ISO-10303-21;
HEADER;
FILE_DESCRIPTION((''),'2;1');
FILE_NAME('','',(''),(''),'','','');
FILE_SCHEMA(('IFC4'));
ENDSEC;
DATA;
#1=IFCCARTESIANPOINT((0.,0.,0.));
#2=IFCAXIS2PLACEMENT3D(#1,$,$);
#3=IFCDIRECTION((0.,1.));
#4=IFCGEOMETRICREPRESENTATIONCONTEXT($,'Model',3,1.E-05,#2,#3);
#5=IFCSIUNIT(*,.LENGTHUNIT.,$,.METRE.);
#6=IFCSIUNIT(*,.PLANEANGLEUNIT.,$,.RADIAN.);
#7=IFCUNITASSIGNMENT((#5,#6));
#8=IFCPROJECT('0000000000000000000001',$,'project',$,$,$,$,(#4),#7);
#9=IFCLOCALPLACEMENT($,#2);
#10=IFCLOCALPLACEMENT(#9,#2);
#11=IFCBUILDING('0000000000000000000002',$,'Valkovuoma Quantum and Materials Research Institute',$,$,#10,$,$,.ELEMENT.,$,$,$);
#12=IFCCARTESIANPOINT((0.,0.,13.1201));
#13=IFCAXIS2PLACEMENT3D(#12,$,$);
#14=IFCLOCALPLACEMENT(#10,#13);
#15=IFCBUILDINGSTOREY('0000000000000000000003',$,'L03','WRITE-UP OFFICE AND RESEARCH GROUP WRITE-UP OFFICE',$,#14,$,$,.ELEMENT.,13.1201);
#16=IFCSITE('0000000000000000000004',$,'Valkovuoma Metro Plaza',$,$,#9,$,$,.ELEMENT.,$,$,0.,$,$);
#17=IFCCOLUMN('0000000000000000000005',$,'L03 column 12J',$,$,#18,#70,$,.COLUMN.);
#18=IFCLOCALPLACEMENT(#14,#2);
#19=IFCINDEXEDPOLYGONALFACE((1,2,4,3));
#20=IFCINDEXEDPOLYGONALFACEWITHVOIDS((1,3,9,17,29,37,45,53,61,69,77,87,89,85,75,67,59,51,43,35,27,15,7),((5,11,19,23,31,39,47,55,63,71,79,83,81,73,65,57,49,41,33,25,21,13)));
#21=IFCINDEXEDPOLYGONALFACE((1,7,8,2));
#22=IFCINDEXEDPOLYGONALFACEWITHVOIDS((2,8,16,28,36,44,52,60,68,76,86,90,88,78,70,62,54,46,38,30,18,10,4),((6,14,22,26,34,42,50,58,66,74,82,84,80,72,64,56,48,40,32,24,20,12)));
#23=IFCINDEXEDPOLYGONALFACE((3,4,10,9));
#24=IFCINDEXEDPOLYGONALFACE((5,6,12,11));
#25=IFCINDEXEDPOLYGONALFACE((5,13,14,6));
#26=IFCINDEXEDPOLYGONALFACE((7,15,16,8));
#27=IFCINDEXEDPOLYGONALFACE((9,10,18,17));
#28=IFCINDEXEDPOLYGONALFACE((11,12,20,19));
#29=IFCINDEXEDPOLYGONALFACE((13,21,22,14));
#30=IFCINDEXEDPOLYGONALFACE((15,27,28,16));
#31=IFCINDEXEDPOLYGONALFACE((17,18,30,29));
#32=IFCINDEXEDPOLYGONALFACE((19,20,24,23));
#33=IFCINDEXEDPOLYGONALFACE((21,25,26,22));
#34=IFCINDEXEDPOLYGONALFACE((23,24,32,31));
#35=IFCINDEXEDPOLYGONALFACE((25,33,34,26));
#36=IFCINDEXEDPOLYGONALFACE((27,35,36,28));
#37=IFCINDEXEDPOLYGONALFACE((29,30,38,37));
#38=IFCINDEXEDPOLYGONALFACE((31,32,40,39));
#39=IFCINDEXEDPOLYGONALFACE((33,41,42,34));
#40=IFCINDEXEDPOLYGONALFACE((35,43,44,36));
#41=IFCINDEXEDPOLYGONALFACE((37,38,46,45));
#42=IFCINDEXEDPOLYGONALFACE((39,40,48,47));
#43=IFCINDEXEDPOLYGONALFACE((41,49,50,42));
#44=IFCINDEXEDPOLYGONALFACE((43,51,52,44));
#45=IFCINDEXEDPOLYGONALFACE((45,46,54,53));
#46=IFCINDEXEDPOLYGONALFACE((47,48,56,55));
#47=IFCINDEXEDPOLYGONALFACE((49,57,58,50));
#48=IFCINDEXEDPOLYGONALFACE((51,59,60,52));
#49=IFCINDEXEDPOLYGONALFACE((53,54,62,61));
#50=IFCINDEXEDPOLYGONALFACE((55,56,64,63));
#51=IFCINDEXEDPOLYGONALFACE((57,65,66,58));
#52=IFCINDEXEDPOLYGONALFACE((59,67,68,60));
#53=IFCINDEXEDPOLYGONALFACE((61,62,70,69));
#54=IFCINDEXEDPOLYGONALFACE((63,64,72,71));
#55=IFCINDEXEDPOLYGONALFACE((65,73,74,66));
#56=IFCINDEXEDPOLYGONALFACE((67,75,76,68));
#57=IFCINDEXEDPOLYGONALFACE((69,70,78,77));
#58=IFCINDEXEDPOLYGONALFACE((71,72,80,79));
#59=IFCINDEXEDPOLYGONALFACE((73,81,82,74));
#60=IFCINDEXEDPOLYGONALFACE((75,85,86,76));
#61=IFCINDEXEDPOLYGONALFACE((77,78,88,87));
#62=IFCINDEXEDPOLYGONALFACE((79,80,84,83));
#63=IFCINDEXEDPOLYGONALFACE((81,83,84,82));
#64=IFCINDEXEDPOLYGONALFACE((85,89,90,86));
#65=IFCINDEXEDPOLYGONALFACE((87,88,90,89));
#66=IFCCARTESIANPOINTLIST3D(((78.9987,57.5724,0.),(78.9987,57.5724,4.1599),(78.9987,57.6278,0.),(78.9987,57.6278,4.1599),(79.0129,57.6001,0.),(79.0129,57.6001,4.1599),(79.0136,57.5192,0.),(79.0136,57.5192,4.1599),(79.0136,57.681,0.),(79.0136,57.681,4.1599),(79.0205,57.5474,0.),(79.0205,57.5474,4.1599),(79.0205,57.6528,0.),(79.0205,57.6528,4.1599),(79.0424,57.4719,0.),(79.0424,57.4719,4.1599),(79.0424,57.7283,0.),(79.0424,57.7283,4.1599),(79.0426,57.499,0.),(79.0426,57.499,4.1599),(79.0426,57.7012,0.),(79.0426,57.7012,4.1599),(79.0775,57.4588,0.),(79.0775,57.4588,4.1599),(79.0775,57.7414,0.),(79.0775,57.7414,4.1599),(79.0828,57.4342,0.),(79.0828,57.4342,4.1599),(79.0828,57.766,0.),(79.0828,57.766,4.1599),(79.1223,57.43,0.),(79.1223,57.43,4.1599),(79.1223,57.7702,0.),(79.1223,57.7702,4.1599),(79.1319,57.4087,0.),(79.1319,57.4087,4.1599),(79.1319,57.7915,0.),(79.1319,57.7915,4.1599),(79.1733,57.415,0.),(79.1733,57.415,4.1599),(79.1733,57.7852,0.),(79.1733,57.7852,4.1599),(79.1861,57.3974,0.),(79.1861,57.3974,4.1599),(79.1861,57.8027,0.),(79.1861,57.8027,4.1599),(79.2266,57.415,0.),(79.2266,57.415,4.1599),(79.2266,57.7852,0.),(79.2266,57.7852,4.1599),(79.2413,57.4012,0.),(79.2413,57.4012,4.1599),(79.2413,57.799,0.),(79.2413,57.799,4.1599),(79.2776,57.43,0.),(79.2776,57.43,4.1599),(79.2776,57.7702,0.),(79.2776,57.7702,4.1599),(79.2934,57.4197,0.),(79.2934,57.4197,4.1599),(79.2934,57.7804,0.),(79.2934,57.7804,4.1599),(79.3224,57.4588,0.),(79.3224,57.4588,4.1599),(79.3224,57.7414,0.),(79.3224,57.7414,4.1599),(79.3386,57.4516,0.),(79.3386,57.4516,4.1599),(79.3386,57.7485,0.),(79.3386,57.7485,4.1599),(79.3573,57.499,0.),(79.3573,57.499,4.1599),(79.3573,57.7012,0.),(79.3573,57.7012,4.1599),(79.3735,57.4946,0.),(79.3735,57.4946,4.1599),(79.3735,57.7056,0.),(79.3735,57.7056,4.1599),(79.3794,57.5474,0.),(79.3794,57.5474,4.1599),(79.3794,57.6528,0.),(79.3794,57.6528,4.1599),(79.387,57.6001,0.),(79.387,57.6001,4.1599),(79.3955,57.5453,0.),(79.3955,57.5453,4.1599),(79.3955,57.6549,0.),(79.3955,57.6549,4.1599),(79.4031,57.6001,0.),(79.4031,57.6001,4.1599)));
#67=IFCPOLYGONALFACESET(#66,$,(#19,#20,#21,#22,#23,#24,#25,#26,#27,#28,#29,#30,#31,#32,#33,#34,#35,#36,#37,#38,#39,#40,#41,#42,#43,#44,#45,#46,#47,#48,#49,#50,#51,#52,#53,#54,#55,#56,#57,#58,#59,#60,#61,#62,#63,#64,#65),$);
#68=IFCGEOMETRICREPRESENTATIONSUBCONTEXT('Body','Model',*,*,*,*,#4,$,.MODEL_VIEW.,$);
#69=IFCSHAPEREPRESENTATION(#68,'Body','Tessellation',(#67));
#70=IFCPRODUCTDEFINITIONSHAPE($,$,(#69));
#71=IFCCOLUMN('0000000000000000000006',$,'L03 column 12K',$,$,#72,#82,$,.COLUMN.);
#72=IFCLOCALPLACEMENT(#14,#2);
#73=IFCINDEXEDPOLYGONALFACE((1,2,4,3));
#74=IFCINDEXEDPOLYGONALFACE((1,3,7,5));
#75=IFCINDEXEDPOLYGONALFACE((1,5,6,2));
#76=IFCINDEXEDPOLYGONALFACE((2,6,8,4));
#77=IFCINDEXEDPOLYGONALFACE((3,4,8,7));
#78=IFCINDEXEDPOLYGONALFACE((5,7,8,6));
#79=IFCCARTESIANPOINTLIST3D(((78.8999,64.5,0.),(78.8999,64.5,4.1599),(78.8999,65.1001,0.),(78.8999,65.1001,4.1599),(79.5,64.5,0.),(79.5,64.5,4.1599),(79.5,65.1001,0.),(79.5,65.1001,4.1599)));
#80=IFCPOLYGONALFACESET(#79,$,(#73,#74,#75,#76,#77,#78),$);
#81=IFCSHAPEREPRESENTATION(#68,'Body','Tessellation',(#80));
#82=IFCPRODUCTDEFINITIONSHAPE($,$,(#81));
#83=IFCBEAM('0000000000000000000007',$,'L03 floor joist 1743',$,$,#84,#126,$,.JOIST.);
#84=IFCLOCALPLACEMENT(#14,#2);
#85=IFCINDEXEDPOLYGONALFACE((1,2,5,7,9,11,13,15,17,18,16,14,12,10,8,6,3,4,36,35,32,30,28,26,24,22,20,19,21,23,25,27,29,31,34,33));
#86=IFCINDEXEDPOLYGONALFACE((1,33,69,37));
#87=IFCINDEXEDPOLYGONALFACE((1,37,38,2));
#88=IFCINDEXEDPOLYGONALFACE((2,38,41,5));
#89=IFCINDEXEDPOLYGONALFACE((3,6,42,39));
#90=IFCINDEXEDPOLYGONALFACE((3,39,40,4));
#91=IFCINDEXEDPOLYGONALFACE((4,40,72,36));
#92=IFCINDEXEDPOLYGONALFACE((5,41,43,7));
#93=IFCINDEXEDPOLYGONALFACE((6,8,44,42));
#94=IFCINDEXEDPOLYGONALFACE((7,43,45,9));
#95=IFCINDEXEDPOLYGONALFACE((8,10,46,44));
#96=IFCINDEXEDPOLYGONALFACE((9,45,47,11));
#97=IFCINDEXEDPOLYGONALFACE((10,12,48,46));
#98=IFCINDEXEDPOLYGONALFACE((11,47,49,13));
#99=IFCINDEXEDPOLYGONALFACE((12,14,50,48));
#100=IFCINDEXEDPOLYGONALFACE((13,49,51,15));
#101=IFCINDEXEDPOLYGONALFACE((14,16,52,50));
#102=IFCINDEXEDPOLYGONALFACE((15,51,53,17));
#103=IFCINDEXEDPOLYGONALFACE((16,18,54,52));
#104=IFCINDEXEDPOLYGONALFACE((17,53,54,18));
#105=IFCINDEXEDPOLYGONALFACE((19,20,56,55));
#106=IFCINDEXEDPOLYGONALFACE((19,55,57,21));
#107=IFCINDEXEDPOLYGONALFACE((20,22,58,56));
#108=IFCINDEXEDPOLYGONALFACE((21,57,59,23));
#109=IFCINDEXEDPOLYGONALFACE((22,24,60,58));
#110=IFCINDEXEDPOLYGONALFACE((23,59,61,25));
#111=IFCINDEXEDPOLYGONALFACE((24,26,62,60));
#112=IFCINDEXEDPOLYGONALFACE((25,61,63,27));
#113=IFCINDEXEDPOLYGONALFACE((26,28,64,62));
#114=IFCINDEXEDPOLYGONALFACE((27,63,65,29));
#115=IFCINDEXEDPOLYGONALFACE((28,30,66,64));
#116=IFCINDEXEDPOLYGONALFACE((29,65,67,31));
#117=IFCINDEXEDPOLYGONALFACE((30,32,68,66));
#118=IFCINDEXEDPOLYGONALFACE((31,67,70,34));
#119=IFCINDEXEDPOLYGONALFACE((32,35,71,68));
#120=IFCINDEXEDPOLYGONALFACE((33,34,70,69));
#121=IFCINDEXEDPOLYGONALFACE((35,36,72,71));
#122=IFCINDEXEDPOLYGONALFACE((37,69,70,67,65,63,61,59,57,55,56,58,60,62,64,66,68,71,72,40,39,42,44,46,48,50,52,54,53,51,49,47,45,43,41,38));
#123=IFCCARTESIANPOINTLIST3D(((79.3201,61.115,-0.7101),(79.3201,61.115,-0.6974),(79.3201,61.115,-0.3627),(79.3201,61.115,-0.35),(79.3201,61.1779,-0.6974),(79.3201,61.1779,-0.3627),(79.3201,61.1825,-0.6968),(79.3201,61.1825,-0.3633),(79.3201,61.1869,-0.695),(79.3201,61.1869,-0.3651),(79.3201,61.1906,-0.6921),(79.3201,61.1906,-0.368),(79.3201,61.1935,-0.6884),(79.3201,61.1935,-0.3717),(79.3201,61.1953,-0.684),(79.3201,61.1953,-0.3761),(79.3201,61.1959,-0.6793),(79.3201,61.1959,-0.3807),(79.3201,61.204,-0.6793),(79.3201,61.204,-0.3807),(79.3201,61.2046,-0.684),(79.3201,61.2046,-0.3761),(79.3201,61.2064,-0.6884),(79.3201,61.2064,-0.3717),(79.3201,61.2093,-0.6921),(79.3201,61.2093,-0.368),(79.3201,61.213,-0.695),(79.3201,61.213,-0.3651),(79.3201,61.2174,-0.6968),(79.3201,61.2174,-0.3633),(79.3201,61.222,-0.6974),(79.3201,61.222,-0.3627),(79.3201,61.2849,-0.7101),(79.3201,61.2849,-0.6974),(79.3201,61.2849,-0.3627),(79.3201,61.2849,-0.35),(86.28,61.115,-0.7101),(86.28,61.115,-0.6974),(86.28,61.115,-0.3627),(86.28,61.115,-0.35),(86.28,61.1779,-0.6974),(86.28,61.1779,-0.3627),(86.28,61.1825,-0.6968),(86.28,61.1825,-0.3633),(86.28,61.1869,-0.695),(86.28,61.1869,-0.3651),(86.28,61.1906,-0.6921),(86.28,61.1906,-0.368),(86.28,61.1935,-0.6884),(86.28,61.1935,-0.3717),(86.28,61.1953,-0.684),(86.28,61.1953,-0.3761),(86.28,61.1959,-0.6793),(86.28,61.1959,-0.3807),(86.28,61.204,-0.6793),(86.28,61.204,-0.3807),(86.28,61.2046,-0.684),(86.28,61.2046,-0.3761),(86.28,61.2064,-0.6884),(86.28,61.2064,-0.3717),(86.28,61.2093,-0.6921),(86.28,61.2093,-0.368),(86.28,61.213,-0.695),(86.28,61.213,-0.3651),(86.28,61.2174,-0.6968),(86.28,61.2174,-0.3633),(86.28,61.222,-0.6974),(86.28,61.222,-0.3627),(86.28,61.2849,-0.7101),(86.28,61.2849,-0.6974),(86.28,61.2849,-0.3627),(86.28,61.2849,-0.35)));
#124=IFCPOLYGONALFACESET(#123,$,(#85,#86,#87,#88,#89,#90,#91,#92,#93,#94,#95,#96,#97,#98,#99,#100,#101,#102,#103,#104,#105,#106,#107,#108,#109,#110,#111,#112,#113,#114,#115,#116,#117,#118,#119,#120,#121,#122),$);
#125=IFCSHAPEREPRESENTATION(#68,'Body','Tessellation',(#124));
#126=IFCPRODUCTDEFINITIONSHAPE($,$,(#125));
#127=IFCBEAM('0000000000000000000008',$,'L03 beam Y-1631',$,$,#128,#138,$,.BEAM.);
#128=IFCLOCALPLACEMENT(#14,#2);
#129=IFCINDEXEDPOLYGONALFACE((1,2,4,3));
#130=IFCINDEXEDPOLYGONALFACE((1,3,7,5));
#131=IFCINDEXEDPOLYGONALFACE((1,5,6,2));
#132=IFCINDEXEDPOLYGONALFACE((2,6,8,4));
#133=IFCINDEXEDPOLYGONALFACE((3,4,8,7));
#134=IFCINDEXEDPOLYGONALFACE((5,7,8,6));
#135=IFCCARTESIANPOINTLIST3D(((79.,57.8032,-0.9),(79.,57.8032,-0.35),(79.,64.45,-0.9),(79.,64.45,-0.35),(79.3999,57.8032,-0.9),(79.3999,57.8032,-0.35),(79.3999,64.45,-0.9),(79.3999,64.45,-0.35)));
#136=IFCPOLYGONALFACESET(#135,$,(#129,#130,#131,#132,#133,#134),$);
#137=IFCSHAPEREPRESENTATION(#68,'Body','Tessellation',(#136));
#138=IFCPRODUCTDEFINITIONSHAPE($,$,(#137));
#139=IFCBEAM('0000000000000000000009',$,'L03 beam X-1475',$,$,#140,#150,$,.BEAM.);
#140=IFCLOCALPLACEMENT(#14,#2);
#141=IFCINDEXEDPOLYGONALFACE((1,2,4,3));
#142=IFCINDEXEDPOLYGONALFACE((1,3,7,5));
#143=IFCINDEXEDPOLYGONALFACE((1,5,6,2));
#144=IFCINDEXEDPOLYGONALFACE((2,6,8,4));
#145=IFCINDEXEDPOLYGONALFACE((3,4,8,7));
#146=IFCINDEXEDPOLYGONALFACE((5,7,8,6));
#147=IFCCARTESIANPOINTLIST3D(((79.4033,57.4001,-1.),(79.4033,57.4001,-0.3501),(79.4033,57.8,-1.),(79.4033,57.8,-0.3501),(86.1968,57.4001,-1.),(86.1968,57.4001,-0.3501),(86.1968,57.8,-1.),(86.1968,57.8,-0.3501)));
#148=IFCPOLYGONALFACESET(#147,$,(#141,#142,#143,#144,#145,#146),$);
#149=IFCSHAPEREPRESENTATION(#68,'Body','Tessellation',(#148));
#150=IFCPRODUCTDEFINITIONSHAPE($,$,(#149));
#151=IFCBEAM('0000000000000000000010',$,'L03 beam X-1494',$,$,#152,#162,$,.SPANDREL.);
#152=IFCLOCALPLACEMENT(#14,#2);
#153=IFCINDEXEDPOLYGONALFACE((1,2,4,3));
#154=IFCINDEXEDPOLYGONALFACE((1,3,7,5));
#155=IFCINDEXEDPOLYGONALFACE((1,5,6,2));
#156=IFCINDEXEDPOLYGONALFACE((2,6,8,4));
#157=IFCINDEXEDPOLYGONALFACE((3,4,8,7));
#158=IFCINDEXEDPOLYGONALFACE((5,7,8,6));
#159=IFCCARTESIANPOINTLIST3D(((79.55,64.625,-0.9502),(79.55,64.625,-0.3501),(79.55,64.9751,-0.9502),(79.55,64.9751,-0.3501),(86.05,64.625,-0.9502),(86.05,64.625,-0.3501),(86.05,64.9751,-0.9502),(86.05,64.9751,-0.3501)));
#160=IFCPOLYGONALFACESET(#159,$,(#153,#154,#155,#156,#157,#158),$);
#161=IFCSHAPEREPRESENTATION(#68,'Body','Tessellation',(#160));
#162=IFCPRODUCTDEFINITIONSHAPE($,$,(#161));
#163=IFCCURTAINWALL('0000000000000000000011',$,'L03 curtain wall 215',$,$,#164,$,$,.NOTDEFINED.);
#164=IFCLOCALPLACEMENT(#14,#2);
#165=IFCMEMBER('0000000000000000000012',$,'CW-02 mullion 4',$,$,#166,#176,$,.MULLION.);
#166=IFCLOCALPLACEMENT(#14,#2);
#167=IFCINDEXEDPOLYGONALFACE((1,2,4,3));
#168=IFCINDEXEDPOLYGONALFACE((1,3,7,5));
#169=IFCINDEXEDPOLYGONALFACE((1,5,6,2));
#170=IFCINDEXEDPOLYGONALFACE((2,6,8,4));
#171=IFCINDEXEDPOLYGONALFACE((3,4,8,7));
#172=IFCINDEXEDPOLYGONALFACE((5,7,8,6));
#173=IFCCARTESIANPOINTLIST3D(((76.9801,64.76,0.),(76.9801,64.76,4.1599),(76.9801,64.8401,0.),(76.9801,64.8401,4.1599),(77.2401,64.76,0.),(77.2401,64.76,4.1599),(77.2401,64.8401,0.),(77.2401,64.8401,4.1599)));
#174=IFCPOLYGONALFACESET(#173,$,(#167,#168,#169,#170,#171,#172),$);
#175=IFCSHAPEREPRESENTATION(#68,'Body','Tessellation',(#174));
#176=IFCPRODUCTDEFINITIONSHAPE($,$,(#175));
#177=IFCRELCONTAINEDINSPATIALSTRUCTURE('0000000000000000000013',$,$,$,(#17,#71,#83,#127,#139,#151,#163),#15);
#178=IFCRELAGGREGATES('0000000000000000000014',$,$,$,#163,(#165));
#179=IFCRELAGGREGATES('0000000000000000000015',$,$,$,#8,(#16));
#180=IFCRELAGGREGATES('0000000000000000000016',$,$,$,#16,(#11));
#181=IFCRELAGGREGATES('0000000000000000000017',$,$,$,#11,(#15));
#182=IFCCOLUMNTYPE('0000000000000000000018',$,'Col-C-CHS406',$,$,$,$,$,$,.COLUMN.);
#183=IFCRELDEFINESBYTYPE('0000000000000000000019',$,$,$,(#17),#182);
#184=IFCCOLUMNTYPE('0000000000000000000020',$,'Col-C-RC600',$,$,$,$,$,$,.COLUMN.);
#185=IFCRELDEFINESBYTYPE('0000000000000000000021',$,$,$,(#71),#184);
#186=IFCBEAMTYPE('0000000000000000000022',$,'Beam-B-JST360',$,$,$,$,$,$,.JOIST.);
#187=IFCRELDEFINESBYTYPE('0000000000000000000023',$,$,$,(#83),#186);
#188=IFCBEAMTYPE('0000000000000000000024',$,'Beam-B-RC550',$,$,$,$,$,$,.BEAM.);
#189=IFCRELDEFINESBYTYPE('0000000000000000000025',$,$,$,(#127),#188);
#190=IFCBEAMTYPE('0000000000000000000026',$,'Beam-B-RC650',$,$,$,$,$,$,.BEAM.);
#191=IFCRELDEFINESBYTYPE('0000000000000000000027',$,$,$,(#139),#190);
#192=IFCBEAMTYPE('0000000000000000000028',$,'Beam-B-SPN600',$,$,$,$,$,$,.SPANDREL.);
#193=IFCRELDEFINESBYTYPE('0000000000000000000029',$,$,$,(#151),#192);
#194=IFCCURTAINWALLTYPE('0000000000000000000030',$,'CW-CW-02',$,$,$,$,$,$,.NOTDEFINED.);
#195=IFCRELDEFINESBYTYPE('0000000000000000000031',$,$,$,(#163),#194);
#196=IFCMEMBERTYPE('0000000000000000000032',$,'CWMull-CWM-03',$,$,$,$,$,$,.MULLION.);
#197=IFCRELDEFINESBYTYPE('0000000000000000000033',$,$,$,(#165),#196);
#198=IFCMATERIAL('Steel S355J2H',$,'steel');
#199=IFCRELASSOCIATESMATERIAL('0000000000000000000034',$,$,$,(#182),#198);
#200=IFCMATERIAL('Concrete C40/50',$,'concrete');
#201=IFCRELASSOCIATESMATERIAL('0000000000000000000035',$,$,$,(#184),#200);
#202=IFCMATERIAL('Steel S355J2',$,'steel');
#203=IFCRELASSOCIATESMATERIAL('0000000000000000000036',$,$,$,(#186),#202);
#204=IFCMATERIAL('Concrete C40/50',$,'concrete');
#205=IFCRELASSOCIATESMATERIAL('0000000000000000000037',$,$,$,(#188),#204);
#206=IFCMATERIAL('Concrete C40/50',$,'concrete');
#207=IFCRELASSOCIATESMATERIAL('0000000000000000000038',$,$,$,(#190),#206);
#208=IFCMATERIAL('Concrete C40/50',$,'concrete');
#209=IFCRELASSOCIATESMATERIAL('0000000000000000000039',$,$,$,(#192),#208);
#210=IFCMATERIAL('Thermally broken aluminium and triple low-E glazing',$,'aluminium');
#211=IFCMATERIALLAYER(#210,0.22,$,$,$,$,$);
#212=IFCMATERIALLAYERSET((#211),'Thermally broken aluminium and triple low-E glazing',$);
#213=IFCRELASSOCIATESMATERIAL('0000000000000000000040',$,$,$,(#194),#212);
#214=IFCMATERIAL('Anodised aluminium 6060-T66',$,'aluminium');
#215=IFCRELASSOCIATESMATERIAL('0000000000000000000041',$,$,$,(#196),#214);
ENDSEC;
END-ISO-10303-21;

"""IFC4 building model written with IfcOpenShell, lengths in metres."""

from ifc_helpers import new_model, si_unit, direction, frame, origin, origin_2d, place, context, subcontext, project, spatial, rectangle, hollow_circle, i_section, extrude, material, layer, layer_set, material_profile, profile_set, type_object, element, aggregate, save


model = new_model("IFC4")

# Units and contexts
model_context = context("Model", 3, precision=1e-05, world=origin(), true_north=direction((0.0, 1.0)))
body_context = subcontext(model_context, "Body", "Model", "MODEL_VIEW")
ifc_project = project(units=[si_unit("LENGTHUNIT", "METRE"), si_unit("PLANEANGLEUNIT", "RADIAN")], contexts=[model_context])

# Site, building, storey
site_placement = place(None, origin())
site = spatial("IfcSite", under=ifc_project, at=site_placement, Name="Valkovuoma Metro Plaza", CompositionType="ELEMENT", RefElevation=0.0)
building_placement = place(site_placement, origin())
building = spatial("IfcBuilding", under=site, at=building_placement, Name="Valkovuoma Quantum and Materials Research Institute", CompositionType="ELEMENT")
storey_placement = place(building_placement, frame((0.0, 0.0, 13.1201)))
storey = spatial("IfcBuildingStorey", under=building, at=storey_placement, Name="L03", Description="WRITE-UP OFFICE AND RESEARCH GROUP WRITE-UP OFFICE", CompositionType="ELEMENT", Elevation=13.1201)

# Columns
ifc_material_1 = material(Name="Steel S355J2H", Category="steel")
ifc_material_profile_1 = material_profile(ifc_material_1, hollow_circle(Radius=0.2031, WallThickness=0.0161, at=origin_2d()), Name="Steel S355J2H")
ifc_profile_set_1 = profile_set([ifc_material_profile_1], Name="Steel S355J2H")
column_type_1 = type_object("IfcColumnType", Name="Col-C-CHS406", PredefinedType="COLUMN", material=ifc_profile_set_1)
column_1_placement = place(storey_placement, frame((79.2, 57.6001, 0.0), z_axis=(0.0, 0.0, 1.0), x_axis=(1.0, 0.0, 0.0)))
element("IfcColumn", 1, at=column_1_placement, inside=storey, type_object=column_type_1, Name="L03 column 12J", PredefinedType="COLUMN", context=body_context, shape_type="SweptSolid", body=[
    extrude(hollow_circle(Radius=0.2031, WallThickness=0.0161, at=origin_2d()), origin(), (0.0, 0.0, 1.0), 4.1599),
])
ifc_material_2 = material(Name="Concrete C40/50", Category="concrete")
ifc_material_profile_2 = material_profile(ifc_material_2, rectangle(XDim=0.6001, YDim=0.6001, at=origin_2d()), Name="Concrete C40/50")
ifc_profile_set_2 = profile_set([ifc_material_profile_2], Name="Concrete C40/50")
column_type_2 = type_object("IfcColumnType", Name="Col-C-RC600", PredefinedType="COLUMN", material=ifc_profile_set_2)
column_2_placement = place(storey_placement, frame((79.2, 64.8, 0.0), z_axis=(0.0, 0.0, 1.0), x_axis=(1.0, 0.0, 0.0)))
element("IfcColumn", 2, at=column_2_placement, inside=storey, type_object=column_type_2, Name="L03 column 12K", PredefinedType="COLUMN", context=body_context, shape_type="SweptSolid", body=[
    extrude(rectangle(XDim=0.6001, YDim=0.6001, at=origin_2d()), origin(), (0.0, 0.0, 1.0), 4.1599),
])

# Beams
ifc_material_3 = material(Name="Steel S355J2", Category="steel")
ifc_material_profile_3 = material_profile(ifc_material_3, i_section(OverallWidth=0.1699, OverallDepth=0.3601, WebThickness=0.0081, FlangeThickness=0.0127, FilletRadius=0.0181, at=origin_2d()), Name="Steel S355J2")
ifc_profile_set_3 = profile_set([ifc_material_profile_3], Name="Steel S355J2")
beam_type_1 = type_object("IfcBeamType", Name="Beam-B-JST360", PredefinedType="JOIST", material=ifc_profile_set_3)
beam_1_placement = place(storey_placement, frame((79.3201, 61.2, -0.53), z_axis=(1.0, 0.0, 0.0), x_axis=(0.0, 1.0, 0.0)))
element("IfcBeam", 3, at=beam_1_placement, inside=storey, type_object=beam_type_1, Name="L03 floor joist 1743", PredefinedType="JOIST", context=body_context, shape_type="SweptSolid", body=[
    extrude(i_section(OverallWidth=0.1699, OverallDepth=0.3601, WebThickness=0.0081, FlangeThickness=0.0127, FilletRadius=0.0181, at=origin_2d()), origin(), (0.0, 0.0, 1.0), 6.96),
])
ifc_material_4 = material(Name="Concrete C40/50", Category="concrete")
ifc_material_profile_4 = material_profile(ifc_material_4, rectangle(XDim=0.3999, YDim=0.55, at=origin_2d()), Name="Concrete C40/50")
ifc_profile_set_4 = profile_set([ifc_material_profile_4], Name="Concrete C40/50")
beam_type_2 = type_object("IfcBeamType", Name="Beam-B-RC550", PredefinedType="BEAM", material=ifc_profile_set_4)
beam_2_placement = place(storey_placement, frame((79.2, 57.8032, -0.625), z_axis=(0.0, 1.0, 0.0), x_axis=(-1.0, 0.0, 0.0)))
element("IfcBeam", 4, at=beam_2_placement, inside=storey, type_object=beam_type_2, Name="L03 beam Y-1631", PredefinedType="BEAM", context=body_context, shape_type="SweptSolid", body=[
    extrude(rectangle(XDim=0.3999, YDim=0.55, at=origin_2d()), origin(), (0.0, 0.0, 1.0), 6.6467),
])
ifc_material_5 = material(Name="Concrete C40/50", Category="concrete")
ifc_material_profile_5 = material_profile(ifc_material_5, rectangle(XDim=0.3999, YDim=0.6499, at=origin_2d()), Name="Concrete C40/50")
ifc_profile_set_5 = profile_set([ifc_material_profile_5], Name="Concrete C40/50")
beam_type_3 = type_object("IfcBeamType", Name="Beam-B-RC650", PredefinedType="BEAM", material=ifc_profile_set_5)
beam_3_placement = place(storey_placement, frame((79.4033, 57.6001, -0.675), z_axis=(1.0, 0.0, 0.0), x_axis=(0.0, 1.0, 0.0)))
element("IfcBeam", 5, at=beam_3_placement, inside=storey, type_object=beam_type_3, Name="L03 beam X-1475", PredefinedType="BEAM", context=body_context, shape_type="SweptSolid", body=[
    extrude(rectangle(XDim=0.3999, YDim=0.6499, at=origin_2d()), origin(), (0.0, 0.0, 1.0), 6.7935),
])
ifc_material_6 = material(Name="Concrete C40/50", Category="concrete")
ifc_material_profile_6 = material_profile(ifc_material_6, rectangle(XDim=0.3501, YDim=0.6001, at=origin_2d()), Name="Concrete C40/50")
ifc_profile_set_6 = profile_set([ifc_material_profile_6], Name="Concrete C40/50")
beam_type_4 = type_object("IfcBeamType", Name="Beam-B-SPN600", PredefinedType="SPANDREL", material=ifc_profile_set_6)
beam_4_placement = place(storey_placement, frame((79.55, 64.8, -0.6501), z_axis=(1.0, 0.0, 0.0), x_axis=(0.0, 1.0, 0.0)))
element("IfcBeam", 6, at=beam_4_placement, inside=storey, type_object=beam_type_4, Name="L03 beam X-1494", PredefinedType="SPANDREL", context=body_context, shape_type="SweptSolid", body=[
    extrude(rectangle(XDim=0.3501, YDim=0.6001, at=origin_2d()), origin(), (0.0, 0.0, 1.0), 6.5),
])

# Curtain wall, member
ifc_material_7 = material(Name="Thermally broken aluminium and triple low-E glazing", Category="aluminium")
ifc_layer_1 = layer(ifc_material_7, 0.22)
ifc_layer_set_1 = layer_set([ifc_layer_1], Name="Thermally broken aluminium and triple low-E glazing")
curtain_wall_type = type_object("IfcCurtainWallType", Name="CW-CW-02", PredefinedType="NOTDEFINED", material=ifc_layer_set_1)
curtain_wall_1_placement = place(storey_placement, origin())
curtain_wall_1 = element("IfcCurtainWall", 7, at=curtain_wall_1_placement, inside=storey, type_object=curtain_wall_type, Name="L03 curtain wall 215", PredefinedType="NOTDEFINED")
ifc_material_8 = material(Name="Anodised aluminium 6060-T66", Category="aluminium")
ifc_material_profile_7 = material_profile(ifc_material_8, rectangle(XDim=0.0801, YDim=0.26, at=origin_2d()), Name="Anodised aluminium 6060-T66")
ifc_profile_set_7 = profile_set([ifc_material_profile_7], Name="Anodised aluminium 6060-T66")
member_type_1 = type_object("IfcMemberType", Name="CWMull-CWM-03", PredefinedType="MULLION", material=ifc_profile_set_7)
member_1_placement = place(storey_placement, frame((77.1101, 64.8, 0.0), z_axis=(0.0, 0.0, 1.0), x_axis=(0.0, 1.0, 0.0)))
member_1 = element("IfcMember", 8, at=member_1_placement, type_object=member_type_1, Name="CW-02 mullion 4", PredefinedType="MULLION", context=body_context, shape_type="SweptSolid", body=[
    extrude(rectangle(XDim=0.0801, YDim=0.26, at=origin_2d()), origin(), (0.0, 0.0, 1.0), 4.1599),
])

aggregate(curtain_wall_1, [member_1])

save(model, "model.ifc")
